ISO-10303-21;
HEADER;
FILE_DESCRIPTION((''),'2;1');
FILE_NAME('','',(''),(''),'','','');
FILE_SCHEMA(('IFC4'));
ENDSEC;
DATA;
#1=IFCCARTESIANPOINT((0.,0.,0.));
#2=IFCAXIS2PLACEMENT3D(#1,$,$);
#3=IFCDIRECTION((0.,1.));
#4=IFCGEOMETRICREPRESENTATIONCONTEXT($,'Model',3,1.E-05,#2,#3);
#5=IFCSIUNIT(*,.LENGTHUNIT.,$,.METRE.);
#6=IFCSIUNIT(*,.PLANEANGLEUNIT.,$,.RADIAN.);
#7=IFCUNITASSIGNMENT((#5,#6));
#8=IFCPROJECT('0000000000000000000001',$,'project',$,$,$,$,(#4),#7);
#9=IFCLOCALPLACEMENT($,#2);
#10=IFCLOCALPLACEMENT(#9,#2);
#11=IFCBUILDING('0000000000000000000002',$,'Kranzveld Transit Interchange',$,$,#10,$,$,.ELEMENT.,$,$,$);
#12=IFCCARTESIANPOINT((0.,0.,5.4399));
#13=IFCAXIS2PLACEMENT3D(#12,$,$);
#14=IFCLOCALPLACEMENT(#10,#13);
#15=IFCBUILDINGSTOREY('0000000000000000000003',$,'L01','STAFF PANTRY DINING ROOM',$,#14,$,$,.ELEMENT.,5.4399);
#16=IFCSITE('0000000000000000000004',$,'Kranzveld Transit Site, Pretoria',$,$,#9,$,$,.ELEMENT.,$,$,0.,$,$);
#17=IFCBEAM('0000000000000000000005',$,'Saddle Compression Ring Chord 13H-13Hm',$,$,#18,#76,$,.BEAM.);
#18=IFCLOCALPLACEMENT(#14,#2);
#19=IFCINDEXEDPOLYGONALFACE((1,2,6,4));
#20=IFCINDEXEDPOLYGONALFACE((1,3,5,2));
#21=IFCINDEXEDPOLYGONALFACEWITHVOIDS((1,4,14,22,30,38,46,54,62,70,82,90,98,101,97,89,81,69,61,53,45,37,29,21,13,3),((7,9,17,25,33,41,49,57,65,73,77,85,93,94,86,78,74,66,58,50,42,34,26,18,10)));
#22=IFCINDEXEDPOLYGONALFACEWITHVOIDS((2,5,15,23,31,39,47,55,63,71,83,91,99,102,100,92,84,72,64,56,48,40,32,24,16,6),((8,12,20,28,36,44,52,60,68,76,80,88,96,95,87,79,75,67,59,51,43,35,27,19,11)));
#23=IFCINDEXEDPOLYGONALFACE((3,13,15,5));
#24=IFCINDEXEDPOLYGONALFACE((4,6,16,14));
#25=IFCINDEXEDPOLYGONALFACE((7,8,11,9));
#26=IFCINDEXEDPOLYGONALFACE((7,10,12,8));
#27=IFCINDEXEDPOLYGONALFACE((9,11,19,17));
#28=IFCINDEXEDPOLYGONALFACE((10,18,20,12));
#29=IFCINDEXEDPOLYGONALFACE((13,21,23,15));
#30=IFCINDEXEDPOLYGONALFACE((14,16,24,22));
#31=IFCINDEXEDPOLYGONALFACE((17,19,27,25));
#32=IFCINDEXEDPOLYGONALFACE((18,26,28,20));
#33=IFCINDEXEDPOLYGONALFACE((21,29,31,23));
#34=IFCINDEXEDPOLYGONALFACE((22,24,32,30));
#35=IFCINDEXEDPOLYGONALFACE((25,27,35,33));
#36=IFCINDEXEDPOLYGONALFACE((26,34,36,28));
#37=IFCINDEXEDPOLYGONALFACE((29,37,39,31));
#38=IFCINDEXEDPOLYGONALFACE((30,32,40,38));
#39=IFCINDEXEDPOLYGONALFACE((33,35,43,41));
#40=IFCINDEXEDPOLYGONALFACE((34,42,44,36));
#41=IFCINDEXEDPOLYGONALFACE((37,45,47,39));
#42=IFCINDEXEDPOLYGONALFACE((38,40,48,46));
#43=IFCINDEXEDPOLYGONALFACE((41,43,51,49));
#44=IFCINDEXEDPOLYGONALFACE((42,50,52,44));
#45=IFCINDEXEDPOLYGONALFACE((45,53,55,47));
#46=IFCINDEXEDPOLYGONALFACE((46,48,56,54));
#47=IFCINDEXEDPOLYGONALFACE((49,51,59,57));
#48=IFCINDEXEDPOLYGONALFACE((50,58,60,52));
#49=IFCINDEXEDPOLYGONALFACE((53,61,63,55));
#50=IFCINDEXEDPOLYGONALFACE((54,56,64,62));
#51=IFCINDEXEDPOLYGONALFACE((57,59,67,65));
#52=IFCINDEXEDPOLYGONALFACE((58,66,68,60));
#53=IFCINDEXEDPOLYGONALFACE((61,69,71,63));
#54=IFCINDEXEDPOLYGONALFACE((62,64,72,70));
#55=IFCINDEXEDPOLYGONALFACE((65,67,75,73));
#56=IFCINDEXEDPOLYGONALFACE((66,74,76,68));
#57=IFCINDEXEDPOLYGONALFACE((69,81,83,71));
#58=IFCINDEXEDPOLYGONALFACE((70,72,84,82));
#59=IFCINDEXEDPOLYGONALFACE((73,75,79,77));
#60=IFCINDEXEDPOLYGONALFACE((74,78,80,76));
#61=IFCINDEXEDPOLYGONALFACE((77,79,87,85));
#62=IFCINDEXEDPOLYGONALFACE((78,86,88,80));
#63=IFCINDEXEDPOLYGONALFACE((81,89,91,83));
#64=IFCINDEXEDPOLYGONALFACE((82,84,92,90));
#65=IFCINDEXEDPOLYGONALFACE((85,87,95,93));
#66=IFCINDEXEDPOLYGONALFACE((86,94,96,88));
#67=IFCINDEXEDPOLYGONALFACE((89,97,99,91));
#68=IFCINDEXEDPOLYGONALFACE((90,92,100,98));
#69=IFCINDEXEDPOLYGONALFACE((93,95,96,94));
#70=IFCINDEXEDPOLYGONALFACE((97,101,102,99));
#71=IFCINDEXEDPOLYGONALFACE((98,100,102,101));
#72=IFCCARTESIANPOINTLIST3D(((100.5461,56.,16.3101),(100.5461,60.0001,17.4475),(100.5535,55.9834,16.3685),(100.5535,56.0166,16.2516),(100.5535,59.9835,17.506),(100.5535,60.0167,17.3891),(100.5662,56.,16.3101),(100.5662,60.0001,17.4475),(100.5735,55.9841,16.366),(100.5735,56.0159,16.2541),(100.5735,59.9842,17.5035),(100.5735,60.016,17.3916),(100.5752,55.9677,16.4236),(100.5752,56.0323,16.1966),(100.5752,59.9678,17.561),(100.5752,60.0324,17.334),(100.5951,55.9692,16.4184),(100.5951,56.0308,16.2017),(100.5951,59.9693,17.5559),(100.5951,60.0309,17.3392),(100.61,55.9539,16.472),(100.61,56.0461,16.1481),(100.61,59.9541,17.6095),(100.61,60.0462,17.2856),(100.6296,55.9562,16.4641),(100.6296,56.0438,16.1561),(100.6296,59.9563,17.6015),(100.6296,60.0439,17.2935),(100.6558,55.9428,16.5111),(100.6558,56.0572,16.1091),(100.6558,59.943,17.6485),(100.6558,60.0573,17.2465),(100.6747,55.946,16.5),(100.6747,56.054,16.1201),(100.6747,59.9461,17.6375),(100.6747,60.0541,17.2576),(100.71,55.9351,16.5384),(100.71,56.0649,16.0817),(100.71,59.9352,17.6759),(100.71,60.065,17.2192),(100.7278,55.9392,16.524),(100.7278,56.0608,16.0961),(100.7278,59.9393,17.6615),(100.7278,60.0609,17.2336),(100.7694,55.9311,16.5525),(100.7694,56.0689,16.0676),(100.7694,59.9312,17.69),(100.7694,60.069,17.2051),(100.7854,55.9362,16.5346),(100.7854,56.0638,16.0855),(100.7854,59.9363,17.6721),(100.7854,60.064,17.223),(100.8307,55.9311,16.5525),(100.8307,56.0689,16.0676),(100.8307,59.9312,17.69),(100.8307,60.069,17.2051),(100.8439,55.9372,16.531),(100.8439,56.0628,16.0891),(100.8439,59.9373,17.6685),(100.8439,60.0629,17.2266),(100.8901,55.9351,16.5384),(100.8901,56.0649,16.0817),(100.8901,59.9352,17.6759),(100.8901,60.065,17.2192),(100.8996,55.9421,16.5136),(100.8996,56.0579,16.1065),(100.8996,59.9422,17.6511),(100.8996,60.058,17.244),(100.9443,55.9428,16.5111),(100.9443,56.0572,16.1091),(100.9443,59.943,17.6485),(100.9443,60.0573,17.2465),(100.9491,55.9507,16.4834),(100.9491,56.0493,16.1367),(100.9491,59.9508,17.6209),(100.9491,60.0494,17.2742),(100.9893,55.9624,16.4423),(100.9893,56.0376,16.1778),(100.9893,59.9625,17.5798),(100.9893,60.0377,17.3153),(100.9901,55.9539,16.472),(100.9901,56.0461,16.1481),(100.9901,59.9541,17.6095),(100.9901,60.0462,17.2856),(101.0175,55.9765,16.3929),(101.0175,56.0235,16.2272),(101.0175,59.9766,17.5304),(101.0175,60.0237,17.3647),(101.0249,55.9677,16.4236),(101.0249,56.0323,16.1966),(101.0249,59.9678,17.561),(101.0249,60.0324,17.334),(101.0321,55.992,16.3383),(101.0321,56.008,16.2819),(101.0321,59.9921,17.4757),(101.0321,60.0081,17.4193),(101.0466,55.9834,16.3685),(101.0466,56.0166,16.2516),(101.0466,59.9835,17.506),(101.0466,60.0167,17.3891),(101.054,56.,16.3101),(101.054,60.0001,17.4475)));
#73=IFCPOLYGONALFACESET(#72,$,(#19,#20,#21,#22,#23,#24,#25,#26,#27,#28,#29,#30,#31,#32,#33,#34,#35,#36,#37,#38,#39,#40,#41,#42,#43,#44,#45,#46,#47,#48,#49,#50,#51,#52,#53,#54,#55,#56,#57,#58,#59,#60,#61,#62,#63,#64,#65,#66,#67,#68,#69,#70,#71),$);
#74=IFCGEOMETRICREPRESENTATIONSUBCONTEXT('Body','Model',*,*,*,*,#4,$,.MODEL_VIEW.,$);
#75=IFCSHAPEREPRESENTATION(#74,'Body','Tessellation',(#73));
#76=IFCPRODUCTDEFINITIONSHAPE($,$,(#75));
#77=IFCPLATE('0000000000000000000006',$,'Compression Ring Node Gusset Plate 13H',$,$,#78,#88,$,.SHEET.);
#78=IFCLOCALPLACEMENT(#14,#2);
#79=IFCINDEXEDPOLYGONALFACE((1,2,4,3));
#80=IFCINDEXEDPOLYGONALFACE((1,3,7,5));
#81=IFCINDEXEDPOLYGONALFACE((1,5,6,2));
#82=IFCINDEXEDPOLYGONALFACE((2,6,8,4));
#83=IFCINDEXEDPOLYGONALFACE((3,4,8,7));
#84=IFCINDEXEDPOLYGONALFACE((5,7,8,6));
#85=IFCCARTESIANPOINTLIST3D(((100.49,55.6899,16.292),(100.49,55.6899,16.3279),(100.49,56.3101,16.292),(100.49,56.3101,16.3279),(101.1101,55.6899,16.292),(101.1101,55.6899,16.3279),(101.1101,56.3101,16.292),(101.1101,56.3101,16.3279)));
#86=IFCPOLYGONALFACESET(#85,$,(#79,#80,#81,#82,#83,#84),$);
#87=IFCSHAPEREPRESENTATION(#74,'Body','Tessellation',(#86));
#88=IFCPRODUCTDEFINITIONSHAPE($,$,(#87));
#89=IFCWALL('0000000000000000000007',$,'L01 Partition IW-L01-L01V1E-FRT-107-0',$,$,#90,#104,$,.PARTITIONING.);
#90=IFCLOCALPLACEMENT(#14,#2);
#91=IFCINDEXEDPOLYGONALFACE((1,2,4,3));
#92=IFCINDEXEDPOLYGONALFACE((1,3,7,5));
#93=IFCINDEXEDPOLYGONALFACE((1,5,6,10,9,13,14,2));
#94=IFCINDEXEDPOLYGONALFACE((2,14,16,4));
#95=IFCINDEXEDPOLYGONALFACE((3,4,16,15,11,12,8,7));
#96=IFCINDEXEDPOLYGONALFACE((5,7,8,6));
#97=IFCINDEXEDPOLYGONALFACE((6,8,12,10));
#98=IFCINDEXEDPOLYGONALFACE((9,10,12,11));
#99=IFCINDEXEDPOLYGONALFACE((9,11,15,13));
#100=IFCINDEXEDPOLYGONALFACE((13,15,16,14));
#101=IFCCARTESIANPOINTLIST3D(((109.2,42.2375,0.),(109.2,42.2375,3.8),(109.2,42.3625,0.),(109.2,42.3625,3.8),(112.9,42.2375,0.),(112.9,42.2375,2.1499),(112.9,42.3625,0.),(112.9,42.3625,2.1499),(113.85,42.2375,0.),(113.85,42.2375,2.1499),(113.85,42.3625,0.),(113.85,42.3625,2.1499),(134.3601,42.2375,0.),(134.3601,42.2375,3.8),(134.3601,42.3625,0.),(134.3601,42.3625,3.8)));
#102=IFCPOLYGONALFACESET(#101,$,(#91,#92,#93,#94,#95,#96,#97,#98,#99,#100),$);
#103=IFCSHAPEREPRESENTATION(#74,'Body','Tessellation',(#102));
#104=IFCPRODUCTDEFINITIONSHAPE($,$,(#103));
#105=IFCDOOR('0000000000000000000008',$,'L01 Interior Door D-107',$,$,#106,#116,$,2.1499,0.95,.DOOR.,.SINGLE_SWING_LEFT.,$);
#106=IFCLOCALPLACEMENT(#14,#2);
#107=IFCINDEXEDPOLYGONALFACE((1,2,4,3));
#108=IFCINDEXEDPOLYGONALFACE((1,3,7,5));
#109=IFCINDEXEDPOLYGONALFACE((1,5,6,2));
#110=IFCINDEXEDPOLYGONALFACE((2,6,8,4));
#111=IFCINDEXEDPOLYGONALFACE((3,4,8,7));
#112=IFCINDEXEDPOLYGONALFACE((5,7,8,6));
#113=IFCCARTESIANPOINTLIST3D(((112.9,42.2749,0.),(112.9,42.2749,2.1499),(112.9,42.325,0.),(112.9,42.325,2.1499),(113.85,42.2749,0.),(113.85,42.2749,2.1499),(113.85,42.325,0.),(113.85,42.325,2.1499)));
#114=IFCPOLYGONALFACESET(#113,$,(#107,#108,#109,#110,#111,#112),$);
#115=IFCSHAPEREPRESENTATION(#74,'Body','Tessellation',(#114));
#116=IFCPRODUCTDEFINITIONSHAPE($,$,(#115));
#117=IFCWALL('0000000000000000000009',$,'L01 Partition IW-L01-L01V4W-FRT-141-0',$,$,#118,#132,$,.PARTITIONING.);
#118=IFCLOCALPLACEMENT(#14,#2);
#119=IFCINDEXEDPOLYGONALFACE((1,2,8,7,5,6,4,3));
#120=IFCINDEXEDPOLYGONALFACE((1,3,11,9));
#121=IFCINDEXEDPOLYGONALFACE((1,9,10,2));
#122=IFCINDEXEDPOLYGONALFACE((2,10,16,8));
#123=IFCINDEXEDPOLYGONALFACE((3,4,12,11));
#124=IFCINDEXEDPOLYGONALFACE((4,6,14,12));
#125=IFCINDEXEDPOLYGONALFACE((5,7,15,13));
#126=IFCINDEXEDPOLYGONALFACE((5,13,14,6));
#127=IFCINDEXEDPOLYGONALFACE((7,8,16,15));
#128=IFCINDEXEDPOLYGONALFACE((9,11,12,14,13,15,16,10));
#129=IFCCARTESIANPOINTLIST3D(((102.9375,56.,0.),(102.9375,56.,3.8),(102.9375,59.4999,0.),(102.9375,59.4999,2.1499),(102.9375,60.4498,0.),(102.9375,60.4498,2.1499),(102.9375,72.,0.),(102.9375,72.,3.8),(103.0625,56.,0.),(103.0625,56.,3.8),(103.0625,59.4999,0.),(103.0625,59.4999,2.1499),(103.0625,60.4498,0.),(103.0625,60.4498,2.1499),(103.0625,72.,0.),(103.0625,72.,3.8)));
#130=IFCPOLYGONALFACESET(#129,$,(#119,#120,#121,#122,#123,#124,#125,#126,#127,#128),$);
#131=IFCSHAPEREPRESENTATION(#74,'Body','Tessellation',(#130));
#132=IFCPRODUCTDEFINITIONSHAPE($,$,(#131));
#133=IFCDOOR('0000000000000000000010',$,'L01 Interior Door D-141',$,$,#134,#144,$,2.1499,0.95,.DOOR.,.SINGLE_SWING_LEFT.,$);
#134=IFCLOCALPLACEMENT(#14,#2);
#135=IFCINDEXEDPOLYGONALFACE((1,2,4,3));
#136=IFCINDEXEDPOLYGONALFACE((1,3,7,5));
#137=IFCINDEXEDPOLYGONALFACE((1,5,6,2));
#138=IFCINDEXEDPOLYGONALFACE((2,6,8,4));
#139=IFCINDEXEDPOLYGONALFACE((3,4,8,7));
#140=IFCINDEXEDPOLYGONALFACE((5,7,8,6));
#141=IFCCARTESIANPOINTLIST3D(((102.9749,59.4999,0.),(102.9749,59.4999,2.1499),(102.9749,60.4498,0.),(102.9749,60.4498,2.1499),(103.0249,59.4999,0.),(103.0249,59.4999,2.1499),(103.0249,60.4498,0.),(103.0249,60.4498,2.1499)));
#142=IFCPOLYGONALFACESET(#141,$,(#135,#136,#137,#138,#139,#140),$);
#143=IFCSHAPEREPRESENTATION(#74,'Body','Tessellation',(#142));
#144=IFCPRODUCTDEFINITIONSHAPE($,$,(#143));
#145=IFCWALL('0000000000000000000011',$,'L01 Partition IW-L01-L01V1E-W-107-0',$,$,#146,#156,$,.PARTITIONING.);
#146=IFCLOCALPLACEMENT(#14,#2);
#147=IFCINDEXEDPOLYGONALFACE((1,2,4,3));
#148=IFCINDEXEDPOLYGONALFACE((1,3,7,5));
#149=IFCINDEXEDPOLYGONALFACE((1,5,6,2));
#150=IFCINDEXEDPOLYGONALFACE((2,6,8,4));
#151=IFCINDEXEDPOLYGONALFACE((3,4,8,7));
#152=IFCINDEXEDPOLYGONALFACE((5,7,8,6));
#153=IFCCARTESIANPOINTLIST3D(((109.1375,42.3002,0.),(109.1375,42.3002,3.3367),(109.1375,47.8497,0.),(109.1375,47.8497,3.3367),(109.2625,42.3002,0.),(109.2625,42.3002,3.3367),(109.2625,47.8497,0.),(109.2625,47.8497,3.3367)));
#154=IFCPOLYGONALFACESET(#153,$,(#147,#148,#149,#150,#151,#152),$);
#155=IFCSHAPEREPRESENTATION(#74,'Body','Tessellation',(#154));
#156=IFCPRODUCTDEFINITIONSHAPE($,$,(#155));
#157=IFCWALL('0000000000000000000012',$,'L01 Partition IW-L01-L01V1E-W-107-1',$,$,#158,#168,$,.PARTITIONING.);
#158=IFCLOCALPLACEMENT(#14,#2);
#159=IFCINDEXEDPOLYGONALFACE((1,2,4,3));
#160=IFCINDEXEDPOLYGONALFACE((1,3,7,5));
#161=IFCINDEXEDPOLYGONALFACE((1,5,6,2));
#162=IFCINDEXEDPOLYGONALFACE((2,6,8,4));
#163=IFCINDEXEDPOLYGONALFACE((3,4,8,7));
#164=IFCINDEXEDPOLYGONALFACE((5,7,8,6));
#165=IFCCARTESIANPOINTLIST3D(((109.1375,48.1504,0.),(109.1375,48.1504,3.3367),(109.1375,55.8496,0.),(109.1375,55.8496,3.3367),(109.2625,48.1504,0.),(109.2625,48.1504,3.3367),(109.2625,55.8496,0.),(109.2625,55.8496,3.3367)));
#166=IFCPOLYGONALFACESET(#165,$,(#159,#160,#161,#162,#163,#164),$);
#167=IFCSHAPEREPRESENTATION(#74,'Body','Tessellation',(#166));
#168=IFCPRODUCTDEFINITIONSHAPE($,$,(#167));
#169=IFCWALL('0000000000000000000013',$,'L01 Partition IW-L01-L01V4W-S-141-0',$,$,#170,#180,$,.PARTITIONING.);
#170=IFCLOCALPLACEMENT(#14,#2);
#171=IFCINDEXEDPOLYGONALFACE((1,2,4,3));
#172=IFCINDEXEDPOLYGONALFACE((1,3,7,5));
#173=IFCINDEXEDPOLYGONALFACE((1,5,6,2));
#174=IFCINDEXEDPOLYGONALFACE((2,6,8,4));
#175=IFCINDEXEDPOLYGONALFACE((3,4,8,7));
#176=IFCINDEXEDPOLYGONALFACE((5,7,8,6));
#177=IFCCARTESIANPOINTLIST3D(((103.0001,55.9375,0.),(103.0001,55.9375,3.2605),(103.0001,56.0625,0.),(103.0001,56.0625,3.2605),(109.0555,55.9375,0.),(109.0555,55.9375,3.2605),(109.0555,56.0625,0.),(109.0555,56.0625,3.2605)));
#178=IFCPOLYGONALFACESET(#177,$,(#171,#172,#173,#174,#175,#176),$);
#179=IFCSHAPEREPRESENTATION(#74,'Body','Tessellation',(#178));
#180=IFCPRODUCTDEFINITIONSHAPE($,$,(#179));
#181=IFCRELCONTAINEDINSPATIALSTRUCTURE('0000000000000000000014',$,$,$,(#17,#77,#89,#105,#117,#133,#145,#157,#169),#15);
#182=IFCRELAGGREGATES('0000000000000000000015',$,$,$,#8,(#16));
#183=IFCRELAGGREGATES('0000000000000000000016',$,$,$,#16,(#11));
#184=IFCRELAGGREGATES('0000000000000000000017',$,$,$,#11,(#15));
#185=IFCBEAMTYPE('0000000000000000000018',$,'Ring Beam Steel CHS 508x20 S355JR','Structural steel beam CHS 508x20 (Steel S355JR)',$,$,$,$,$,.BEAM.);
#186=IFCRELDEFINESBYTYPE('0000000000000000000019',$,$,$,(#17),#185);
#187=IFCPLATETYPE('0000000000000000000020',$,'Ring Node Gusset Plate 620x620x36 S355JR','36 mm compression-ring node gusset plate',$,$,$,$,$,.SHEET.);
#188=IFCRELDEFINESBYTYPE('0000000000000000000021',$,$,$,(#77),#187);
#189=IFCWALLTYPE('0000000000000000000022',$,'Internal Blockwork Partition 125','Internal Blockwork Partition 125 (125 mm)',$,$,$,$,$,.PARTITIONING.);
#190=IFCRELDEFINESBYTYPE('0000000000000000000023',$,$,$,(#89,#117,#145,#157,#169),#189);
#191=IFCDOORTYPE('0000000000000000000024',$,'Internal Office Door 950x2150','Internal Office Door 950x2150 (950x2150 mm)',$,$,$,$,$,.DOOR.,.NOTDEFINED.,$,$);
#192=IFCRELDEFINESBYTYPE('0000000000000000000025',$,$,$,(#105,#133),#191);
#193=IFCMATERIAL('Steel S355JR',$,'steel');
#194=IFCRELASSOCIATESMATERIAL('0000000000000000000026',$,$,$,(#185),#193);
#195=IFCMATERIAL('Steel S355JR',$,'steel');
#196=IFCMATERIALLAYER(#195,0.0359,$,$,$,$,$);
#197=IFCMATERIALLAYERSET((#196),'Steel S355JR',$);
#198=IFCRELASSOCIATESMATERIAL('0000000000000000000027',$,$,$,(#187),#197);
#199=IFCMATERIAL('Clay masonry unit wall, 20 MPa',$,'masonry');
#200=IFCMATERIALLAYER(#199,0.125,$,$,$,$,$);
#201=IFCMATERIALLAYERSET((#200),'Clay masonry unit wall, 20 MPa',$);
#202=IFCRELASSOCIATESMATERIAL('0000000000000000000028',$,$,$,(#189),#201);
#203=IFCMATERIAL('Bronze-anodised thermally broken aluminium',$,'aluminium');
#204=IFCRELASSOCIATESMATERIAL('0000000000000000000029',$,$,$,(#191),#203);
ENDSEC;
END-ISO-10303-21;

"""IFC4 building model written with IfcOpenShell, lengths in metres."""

from ifc_helpers import new_model, si_unit, direction, frame, frame_2d, origin, origin_2d, place, context, subcontext, project, spatial, rectangle, hollow_circle, extrude, material, layer, layer_set, material_profile, profile_set, type_object, element, fill, save


model = new_model("IFC4")

# Units and contexts
model_context = context("Model", 3, precision=1e-05, world=origin(), true_north=direction((0.0, 1.0)))
body_context = subcontext(model_context, "Body", "Model", "MODEL_VIEW")
ifc_project = project(units=[si_unit("LENGTHUNIT", "METRE"), si_unit("PLANEANGLEUNIT", "RADIAN")], contexts=[model_context])

# Site, building, storey
site_placement = place(None, origin())
site = spatial("IfcSite", under=ifc_project, at=site_placement, Name="Kranzveld Transit Site, Pretoria", CompositionType="ELEMENT", RefElevation=0.0)
building_placement = place(site_placement, origin())
building = spatial("IfcBuilding", under=site, at=building_placement, Name="Kranzveld Transit Interchange", CompositionType="ELEMENT")
storey_placement = place(building_placement, frame((0.0, 0.0, 5.4399)))
storey = spatial("IfcBuildingStorey", under=building, at=storey_placement, Name="L01", Description="STAFF PANTRY DINING ROOM", CompositionType="ELEMENT", Elevation=5.4399)

# Beam
ifc_material_1 = material(Name="Steel S355JR", Category="steel")
ifc_material_profile_1 = material_profile(ifc_material_1, hollow_circle(Radius=0.2539, WallThickness=0.02, at=origin_2d()), Name="CHS 508x20")
ifc_profile_set_1 = profile_set([ifc_material_profile_1], Name="Steel S355JR")
beam_type_1 = type_object("IfcBeamType", Name="Ring Beam Steel CHS 508x20 S355JR", Description="Structural steel beam CHS 508x20 (Steel S355JR)", PredefinedType="BEAM", material=ifc_profile_set_1)
beam_1_placement = place(storey_placement, frame((100.8, 56.0, 16.3101), z_axis=(0.0, 0.961867, 0.273519), x_axis=(-1.0, 0.0, 0.0)))
element("IfcBeam", 1, at=beam_1_placement, inside=storey, type_object=beam_type_1, Name="Saddle Compression Ring Chord 13H-13Hm", PredefinedType="BEAM", context=body_context, shape_type="SweptSolid", body=[
    extrude(hollow_circle(Radius=0.2539, WallThickness=0.02, at=origin_2d()), origin(), (0.0, 0.0, 1.0), 4.1587),
])

# Plate
ifc_material_2 = material(Name="Steel S355JR", Category="steel")
ifc_layer_1 = layer(ifc_material_2, 0.0359)
ifc_layer_set_1 = layer_set([ifc_layer_1], Name="Steel S355JR")
plate_type = type_object("IfcPlateType", Name="Ring Node Gusset Plate 620x620x36 S355JR", Description="36 mm compression-ring node gusset plate", PredefinedType="SHEET", material=ifc_layer_set_1)
plate_placement = place(storey_placement, frame((100.8, 56.0, 16.292), z_axis=(0.0, 0.0, 1.0), x_axis=(1.0, 0.0, 0.0)))
element("IfcPlate", 2, at=plate_placement, inside=storey, type_object=plate_type, Name="Compression Ring Node Gusset Plate 13H", PredefinedType="SHEET", context=body_context, shape_type="SweptSolid", body=[
    extrude(rectangle(XDim=0.6201, YDim=0.6201, at=origin_2d()), origin(), (0.0, 0.0, 1.0), 0.0359),
])

# Walls, openings, doors
ifc_material_3 = material(Name="Clay masonry unit wall, 20 MPa", Category="masonry")
ifc_layer_2 = layer(ifc_material_3, 0.125)
ifc_layer_set_2 = layer_set([ifc_layer_2], Name="Clay masonry unit wall, 20 MPa")
wall_type_1 = type_object("IfcWallType", Name="Internal Blockwork Partition 125", Description="Internal Blockwork Partition 125 (125 mm)", PredefinedType="PARTITIONING", material=ifc_layer_set_2)
wall_1_placement = place(storey_placement, frame((109.2, 42.3, 0.0), z_axis=(0.0, 0.0, 1.0), x_axis=(1.0, 0.0, 0.0)))
wall_1 = element("IfcWall", 3, at=wall_1_placement, inside=storey, type_object=wall_type_1, Name="L01 Partition IW-L01-L01V1E-FRT-107-0", PredefinedType="PARTITIONING", context=body_context, shape_type="SweptSolid", body=[
    extrude(rectangle(XDim=25.1602, YDim=0.125, at=frame_2d((12.5801, 0.0))), origin(), (0.0, 0.0, 1.0), 3.8),
])
opening_1_placement = place(wall_1_placement, frame((3.7, 0.0, 0.0), z_axis=(0.0, 0.0, 1.0), x_axis=(1.0, 0.0, 0.0)))
opening_1 = element("IfcOpeningElement", 4, at=opening_1_placement, cuts=wall_1, PredefinedType="OPENING", context=body_context, shape_type="SweptSolid", body=[
    extrude(rectangle(XDim=0.95, YDim=2.1499, at=frame_2d((0.4751, 1.075))), frame((0.0, 0.0725, 0.0), z_axis=(0.0, -1.0, 0.0), x_axis=(1.0, 0.0, 0.0)), (0.0, 0.0, 1.0), 0.145),
])
ifc_material_4 = material(Name="Bronze-anodised thermally broken aluminium", Category="aluminium")
door_type = type_object("IfcDoorType", Name="Internal Office Door 950x2150", Description="Internal Office Door 950x2150 (950x2150 mm)", OperationType="NOTDEFINED", PredefinedType="DOOR", material=ifc_material_4)
door_1_placement = place(opening_1_placement, origin())
door_1 = element("IfcDoor", 5, at=door_1_placement, inside=storey, type_object=door_type, Name="L01 Interior Door D-107", OperationType="SINGLE_SWING_LEFT", OverallHeight=2.1499, OverallWidth=0.95, PredefinedType="DOOR", context=body_context, shape_type="SweptSolid", body=[
    extrude(rectangle(XDim=0.95, YDim=2.1499, at=frame_2d((0.4751, 1.075))), frame((0.0, 0.0249, 0.0), z_axis=(0.0, -1.0, 0.0), x_axis=(1.0, 0.0, 0.0)), (0.0, 0.0, 1.0), 0.05),
])
fill(opening_1, door_1)
wall_2_placement = place(storey_placement, frame((103.0, 56.0, 0.0), z_axis=(0.0, 0.0, 1.0), x_axis=(0.0, 1.0, 0.0)))
wall_2 = element("IfcWall", 6, at=wall_2_placement, inside=storey, type_object=wall_type_1, Name="L01 Partition IW-L01-L01V4W-FRT-141-0", PredefinedType="PARTITIONING", context=body_context, shape_type="SweptSolid", body=[
    extrude(rectangle(XDim=16.0, YDim=0.125, at=frame_2d((8.0, 0.0))), origin(), (0.0, 0.0, 1.0), 3.8),
])
opening_2_placement = place(wall_2_placement, frame((4.45, 0.0, 0.0), z_axis=(0.0, 0.0, 1.0), x_axis=(-1.0, 0.0, 0.0)))
opening_2 = element("IfcOpeningElement", 7, at=opening_2_placement, cuts=wall_2, PredefinedType="OPENING", context=body_context, shape_type="SweptSolid", body=[
    extrude(rectangle(XDim=0.95, YDim=2.1499, at=frame_2d((0.4751, 1.075))), frame((0.0, 0.0725, 0.0), z_axis=(0.0, -1.0, 0.0), x_axis=(1.0, 0.0, 0.0)), (0.0, 0.0, 1.0), 0.145),
])
door_2_placement = place(opening_2_placement, origin())
door_2 = element("IfcDoor", 8, at=door_2_placement, inside=storey, type_object=door_type, Name="L01 Interior Door D-141", OperationType="SINGLE_SWING_LEFT", OverallHeight=2.1499, OverallWidth=0.95, PredefinedType="DOOR", context=body_context, shape_type="SweptSolid", body=[
    extrude(rectangle(XDim=0.95, YDim=2.1499, at=frame_2d((0.4751, 1.075))), frame((0.0, 0.0249, 0.0), z_axis=(0.0, -1.0, 0.0), x_axis=(1.0, 0.0, 0.0)), (0.0, 0.0, 1.0), 0.05),
])
fill(opening_2, door_2)

# Walls
wall_3_placement = place(storey_placement, frame((109.2, 42.3, 0.0), z_axis=(0.0, 0.0, 1.0), x_axis=(0.0, 1.0, 0.0)))
element("IfcWall", 9, at=wall_3_placement, inside=storey, type_object=wall_type_1, Name="L01 Partition IW-L01-L01V1E-W-107-0", PredefinedType="PARTITIONING", context=body_context, shape_type="SweptSolid", body=[
    extrude(rectangle(XDim=5.5496, YDim=0.125, at=frame_2d((2.7749, 0.0))), origin(), (0.0, 0.0, 1.0), 3.3367),
])
wall_4_placement = place(storey_placement, frame((109.2, 48.1504, 0.0), z_axis=(0.0, 0.0, 1.0), x_axis=(0.0, 1.0, 0.0)))
element("IfcWall", 10, at=wall_4_placement, inside=storey, type_object=wall_type_1, Name="L01 Partition IW-L01-L01V1E-W-107-1", PredefinedType="PARTITIONING", context=body_context, shape_type="SweptSolid", body=[
    extrude(rectangle(XDim=7.6992, YDim=0.125, at=frame_2d((3.8496, 0.0))), origin(), (0.0, 0.0, 1.0), 3.3367),
])
wall_5_placement = place(storey_placement, frame((103.0, 56.0, 0.0), z_axis=(0.0, 0.0, 1.0), x_axis=(1.0, 0.0, 0.0)))
element("IfcWall", 11, at=wall_5_placement, inside=storey, type_object=wall_type_1, Name="L01 Partition IW-L01-L01V4W-S-141-0", PredefinedType="PARTITIONING", context=body_context, shape_type="SweptSolid", body=[
    extrude(rectangle(XDim=6.0554, YDim=0.125, at=frame_2d((3.0278, 0.0))), origin(), (0.0, 0.0, 1.0), 3.2605),
])

save(model, "model.ifc")
